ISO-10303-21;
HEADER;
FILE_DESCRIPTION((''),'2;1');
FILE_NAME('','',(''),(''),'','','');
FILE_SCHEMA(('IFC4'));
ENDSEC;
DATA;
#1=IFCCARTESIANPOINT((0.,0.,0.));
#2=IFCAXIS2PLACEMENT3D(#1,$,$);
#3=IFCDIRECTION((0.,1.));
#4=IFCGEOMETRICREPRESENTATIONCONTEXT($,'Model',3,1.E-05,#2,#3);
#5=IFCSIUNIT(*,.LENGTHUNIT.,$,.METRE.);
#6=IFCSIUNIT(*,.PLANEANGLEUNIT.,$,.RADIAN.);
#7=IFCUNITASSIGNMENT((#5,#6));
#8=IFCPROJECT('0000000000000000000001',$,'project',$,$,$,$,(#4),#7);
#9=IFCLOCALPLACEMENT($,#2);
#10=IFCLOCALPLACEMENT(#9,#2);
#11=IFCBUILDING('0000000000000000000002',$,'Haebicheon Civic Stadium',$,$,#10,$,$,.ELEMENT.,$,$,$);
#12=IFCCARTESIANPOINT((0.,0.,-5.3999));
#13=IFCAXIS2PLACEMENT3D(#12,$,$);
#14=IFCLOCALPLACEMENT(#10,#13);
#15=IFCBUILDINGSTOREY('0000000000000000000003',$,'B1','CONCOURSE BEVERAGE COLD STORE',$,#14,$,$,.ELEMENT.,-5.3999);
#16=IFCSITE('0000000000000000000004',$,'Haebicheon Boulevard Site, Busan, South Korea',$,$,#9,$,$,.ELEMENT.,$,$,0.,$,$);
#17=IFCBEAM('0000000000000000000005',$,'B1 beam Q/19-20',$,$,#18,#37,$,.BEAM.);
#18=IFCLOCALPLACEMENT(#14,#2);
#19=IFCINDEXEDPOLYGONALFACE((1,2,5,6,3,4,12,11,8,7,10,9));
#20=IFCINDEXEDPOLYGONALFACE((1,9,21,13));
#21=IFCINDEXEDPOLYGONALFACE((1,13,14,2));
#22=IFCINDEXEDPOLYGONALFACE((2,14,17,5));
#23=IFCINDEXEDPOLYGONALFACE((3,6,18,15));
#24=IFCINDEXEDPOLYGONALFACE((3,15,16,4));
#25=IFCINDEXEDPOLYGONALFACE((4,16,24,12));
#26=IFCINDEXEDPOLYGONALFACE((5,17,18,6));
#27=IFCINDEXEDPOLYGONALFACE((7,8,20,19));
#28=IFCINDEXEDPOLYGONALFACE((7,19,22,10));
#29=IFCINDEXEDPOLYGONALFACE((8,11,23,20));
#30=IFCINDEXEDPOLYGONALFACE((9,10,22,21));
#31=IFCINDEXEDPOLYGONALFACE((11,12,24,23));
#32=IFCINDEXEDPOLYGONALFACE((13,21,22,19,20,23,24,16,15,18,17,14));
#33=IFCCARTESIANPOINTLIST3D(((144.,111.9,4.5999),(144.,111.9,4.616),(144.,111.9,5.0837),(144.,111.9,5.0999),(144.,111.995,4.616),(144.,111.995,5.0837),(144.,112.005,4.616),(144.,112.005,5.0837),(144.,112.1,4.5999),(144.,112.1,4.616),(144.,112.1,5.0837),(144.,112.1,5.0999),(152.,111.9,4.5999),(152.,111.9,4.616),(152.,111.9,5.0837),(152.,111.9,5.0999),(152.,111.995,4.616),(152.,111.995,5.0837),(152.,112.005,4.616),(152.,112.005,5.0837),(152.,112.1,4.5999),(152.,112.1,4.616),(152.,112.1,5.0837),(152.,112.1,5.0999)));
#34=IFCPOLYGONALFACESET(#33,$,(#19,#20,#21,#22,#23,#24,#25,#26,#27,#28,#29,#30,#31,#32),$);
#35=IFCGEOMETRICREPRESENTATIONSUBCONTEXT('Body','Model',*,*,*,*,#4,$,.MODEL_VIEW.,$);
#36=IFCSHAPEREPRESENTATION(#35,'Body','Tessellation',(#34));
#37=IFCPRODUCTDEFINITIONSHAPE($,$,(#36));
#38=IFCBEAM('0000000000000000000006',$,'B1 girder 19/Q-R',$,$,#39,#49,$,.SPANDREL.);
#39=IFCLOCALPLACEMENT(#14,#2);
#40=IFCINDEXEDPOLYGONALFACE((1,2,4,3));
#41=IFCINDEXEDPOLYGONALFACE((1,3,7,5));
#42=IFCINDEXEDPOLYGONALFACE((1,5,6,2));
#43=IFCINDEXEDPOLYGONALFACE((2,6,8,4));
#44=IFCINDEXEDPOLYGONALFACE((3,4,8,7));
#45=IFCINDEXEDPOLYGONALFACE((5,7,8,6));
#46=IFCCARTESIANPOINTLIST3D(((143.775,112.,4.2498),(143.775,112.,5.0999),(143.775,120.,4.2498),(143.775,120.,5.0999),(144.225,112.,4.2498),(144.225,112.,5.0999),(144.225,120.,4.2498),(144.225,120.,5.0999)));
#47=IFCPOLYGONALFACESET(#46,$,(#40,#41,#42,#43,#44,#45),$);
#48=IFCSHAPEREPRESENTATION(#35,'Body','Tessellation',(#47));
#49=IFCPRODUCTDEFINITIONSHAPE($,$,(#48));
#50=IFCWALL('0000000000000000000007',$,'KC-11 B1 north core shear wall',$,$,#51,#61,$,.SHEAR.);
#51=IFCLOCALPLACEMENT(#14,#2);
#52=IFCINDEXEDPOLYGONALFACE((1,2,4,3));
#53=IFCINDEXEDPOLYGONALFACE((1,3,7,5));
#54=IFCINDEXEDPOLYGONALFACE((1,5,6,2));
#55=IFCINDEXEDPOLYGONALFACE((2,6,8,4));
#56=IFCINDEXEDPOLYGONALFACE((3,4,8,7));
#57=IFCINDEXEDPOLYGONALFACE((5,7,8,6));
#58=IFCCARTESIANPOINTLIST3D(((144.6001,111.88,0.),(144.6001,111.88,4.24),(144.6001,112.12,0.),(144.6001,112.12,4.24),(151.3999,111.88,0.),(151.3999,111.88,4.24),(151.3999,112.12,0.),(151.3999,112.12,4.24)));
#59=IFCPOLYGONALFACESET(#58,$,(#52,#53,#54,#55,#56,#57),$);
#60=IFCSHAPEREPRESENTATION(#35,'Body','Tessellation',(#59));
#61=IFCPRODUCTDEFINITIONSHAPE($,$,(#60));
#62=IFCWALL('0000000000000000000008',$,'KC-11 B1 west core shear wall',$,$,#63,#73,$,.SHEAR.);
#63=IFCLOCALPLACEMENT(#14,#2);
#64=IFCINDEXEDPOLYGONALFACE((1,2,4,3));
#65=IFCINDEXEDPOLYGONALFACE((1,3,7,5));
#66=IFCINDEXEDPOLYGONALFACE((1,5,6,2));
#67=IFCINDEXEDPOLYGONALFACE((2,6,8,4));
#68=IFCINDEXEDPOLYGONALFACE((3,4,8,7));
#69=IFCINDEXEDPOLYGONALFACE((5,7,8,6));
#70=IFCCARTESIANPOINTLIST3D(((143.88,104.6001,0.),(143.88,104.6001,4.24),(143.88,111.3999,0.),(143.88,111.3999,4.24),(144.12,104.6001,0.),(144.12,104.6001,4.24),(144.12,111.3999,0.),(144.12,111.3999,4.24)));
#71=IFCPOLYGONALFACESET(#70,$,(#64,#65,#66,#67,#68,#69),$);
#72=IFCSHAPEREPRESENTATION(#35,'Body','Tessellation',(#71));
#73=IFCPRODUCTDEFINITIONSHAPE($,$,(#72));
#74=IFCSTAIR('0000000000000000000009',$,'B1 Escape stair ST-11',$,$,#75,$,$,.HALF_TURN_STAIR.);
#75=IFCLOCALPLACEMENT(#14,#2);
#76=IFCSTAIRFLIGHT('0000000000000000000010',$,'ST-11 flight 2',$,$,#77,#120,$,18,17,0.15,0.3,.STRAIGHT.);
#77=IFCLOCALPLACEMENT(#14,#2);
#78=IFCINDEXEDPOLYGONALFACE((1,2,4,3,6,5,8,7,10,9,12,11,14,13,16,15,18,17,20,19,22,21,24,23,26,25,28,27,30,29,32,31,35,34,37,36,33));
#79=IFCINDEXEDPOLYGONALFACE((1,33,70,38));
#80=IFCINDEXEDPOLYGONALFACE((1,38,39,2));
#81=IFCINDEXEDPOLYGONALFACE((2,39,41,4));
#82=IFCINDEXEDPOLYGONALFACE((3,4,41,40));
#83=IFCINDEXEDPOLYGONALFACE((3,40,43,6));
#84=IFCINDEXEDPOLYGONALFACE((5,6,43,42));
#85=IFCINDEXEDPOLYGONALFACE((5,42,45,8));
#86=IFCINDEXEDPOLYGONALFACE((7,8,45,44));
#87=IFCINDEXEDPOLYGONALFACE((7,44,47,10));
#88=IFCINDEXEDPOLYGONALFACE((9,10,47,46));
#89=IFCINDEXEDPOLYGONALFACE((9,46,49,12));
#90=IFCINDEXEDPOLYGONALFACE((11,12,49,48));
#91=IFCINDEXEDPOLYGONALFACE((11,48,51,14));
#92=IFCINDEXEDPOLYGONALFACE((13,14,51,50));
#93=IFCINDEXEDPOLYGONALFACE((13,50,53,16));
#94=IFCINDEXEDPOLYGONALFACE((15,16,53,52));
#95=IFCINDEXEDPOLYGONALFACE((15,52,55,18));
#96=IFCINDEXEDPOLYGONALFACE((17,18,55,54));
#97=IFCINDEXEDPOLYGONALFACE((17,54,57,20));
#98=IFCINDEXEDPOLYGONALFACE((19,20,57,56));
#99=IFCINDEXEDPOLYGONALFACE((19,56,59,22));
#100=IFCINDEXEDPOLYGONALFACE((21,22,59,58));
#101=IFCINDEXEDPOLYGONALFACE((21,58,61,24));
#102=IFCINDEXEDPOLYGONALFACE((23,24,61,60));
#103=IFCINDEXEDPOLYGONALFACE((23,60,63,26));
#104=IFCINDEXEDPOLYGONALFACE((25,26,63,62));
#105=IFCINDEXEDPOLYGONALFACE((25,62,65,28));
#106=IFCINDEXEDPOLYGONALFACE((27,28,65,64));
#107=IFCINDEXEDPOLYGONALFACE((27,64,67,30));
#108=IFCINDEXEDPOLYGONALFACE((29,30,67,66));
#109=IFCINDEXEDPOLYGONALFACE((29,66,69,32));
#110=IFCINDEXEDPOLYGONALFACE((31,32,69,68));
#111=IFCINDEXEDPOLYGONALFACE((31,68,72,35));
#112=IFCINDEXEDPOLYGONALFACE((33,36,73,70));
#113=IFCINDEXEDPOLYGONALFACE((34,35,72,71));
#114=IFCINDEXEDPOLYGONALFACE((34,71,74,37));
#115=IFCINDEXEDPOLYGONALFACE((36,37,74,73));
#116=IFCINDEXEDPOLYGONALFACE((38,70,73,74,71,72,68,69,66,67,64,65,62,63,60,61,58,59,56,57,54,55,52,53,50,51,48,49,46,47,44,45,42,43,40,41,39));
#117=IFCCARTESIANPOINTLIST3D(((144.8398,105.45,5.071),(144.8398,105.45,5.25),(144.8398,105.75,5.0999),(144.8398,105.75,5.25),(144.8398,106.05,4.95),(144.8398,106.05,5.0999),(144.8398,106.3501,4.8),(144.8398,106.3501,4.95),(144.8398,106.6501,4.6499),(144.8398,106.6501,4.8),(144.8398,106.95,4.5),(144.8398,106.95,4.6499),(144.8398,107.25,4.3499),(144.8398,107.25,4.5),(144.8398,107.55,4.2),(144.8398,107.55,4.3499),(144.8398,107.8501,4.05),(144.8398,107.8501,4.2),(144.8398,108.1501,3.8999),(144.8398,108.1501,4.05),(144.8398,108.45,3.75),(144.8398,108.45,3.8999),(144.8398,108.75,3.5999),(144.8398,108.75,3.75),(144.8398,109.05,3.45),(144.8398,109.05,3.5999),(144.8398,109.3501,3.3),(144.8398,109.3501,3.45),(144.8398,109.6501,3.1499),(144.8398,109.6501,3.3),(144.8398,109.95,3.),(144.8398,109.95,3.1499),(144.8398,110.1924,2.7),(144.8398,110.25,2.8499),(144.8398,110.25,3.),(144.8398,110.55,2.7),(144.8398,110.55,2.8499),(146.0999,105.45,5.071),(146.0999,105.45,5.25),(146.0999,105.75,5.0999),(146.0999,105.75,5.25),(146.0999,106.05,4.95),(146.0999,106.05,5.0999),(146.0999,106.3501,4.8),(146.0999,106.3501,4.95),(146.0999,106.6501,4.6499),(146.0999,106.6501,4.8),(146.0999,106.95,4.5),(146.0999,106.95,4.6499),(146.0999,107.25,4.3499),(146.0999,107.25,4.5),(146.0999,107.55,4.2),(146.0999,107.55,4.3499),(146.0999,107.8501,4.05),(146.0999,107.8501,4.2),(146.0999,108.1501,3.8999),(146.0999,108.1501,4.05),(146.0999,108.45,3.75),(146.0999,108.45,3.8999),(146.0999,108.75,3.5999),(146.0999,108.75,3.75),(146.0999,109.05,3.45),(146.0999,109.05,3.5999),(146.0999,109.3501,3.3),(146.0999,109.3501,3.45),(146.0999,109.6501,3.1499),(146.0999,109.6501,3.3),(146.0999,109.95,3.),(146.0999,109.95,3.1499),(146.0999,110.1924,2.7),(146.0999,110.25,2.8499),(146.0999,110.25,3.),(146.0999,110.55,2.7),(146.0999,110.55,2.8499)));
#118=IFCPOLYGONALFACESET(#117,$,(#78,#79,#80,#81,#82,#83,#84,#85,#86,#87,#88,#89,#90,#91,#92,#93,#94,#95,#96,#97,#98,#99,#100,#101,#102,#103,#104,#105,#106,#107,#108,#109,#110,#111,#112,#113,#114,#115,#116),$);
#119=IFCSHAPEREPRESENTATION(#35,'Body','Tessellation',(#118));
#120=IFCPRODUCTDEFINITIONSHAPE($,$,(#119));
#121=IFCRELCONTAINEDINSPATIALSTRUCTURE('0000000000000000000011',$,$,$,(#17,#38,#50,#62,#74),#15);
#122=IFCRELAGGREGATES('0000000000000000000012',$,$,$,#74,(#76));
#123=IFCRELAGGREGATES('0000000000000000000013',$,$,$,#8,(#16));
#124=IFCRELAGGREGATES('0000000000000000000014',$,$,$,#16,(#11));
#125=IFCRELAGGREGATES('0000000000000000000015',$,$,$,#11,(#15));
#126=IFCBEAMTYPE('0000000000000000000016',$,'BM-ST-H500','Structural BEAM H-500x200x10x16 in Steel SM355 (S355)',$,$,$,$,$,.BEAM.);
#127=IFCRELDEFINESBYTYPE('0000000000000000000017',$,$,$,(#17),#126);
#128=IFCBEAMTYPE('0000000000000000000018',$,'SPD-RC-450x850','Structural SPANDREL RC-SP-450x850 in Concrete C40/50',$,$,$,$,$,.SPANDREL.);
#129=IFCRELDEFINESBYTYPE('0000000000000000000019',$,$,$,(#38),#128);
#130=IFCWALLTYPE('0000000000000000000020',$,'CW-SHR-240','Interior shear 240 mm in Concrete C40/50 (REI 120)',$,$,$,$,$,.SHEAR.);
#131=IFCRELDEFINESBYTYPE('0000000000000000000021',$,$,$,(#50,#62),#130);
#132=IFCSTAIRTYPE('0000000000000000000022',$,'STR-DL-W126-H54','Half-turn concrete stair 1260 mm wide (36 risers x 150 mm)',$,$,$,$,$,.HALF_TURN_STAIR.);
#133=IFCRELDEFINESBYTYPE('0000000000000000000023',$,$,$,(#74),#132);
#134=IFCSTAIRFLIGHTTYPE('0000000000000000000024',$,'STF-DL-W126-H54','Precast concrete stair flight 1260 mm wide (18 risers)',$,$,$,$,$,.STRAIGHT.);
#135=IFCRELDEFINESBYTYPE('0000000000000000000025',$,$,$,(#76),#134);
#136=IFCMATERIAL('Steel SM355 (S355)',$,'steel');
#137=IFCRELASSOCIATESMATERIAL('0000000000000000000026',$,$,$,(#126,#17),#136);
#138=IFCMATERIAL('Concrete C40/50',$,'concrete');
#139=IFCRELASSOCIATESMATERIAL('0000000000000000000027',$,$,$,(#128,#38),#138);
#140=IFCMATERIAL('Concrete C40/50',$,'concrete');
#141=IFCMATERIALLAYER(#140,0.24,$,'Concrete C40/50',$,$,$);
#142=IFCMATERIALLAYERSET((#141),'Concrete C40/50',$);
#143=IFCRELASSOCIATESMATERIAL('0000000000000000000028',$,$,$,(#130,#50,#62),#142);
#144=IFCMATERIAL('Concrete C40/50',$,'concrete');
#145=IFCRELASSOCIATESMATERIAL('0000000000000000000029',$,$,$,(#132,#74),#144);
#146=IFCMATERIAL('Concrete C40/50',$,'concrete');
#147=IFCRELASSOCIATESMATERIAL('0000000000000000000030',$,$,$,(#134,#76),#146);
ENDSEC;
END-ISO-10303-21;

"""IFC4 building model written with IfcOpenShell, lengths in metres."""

from ifc_helpers import new_model, si_unit, direction, frame, frame_2d, origin, origin_2d, place, context, subcontext, project, spatial, polyline, rectangle, i_section, outline, extrude, material, layer, layer_set, material_profile, profile_set, type_object, element, aggregate, save


model = new_model("IFC4")

# Units and contexts
model_context = context("Model", 3, precision=1e-05, world=origin(), true_north=direction((0.0, 1.0)))
body_context = subcontext(model_context, "Body", "Model", "MODEL_VIEW")
ifc_project = project(units=[si_unit("LENGTHUNIT", "METRE"), si_unit("PLANEANGLEUNIT", "RADIAN")], contexts=[model_context])

# Site, building, storey
site_placement = place(None, origin())
site = spatial("IfcSite", under=ifc_project, at=site_placement, Name="Haebicheon Boulevard Site, Busan, South Korea", CompositionType="ELEMENT", RefElevation=0.0)
building_placement = place(site_placement, origin())
building = spatial("IfcBuilding", under=site, at=building_placement, Name="Haebicheon Civic Stadium", CompositionType="ELEMENT")
storey_placement = place(building_placement, frame((0.0, 0.0, -5.3999)))
storey = spatial("IfcBuildingStorey", under=building, at=storey_placement, Name="B1", Description="CONCOURSE BEVERAGE COLD STORE", CompositionType="ELEMENT", Elevation=-5.3999)

# Beams
ifc_material_1 = material(Name="Steel SM355 (S355)", Category="steel")
ifc_material_profile_1 = material_profile(ifc_material_1, i_section(OverallWidth=0.2, OverallDepth=0.5, WebThickness=0.01, FlangeThickness=0.0161, at=origin_2d()), Name="H-500x200x10x16")
ifc_profile_set_1 = profile_set([ifc_material_profile_1], Name="Steel SM355 (S355)")
beam_type_1 = type_object("IfcBeamType", Name="BM-ST-H500", Description="Structural BEAM H-500x200x10x16 in Steel SM355 (S355)", PredefinedType="BEAM", material=ifc_profile_set_1)
beam_1_placement = place(storey_placement, frame((144.0, 112.0, 4.8499), z_axis=(1.0, 0.0, 0.0), x_axis=(0.0, 1.0, 0.0)))
element("IfcBeam", 1, at=beam_1_placement, inside=storey, type_object=beam_type_1, material=ifc_profile_set_1, Name="B1 beam Q/19-20", PredefinedType="BEAM", context=body_context, shape_type="SweptSolid", body=[
    extrude(i_section(OverallWidth=0.2, OverallDepth=0.5, WebThickness=0.01, FlangeThickness=0.0161, at=origin_2d()), origin(), (0.0, 0.0, 1.0), 8.0),
])
ifc_material_2 = material(Name="Concrete C40/50", Category="concrete")
ifc_material_profile_2 = material_profile(ifc_material_2, rectangle(XDim=0.45, YDim=0.8501, at=origin_2d()), Name="RC-SP-450x850")
ifc_profile_set_2 = profile_set([ifc_material_profile_2], Name="Concrete C40/50")
beam_type_2 = type_object("IfcBeamType", Name="SPD-RC-450x850", Description="Structural SPANDREL RC-SP-450x850 in Concrete C40/50", PredefinedType="SPANDREL", material=ifc_profile_set_2)
beam_2_placement = place(storey_placement, frame((144.0, 112.0, 4.6748), z_axis=(0.0, 1.0, 0.0), x_axis=(-1.0, 0.0, 0.0)))
element("IfcBeam", 2, at=beam_2_placement, inside=storey, type_object=beam_type_2, material=ifc_profile_set_2, Name="B1 girder 19/Q-R", PredefinedType="SPANDREL", context=body_context, shape_type="SweptSolid", body=[
    extrude(rectangle(XDim=0.45, YDim=0.8501, at=origin_2d()), origin(), (0.0, 0.0, 1.0), 8.0),
])

# Walls
ifc_material_3 = material(Name="Concrete C40/50", Category="concrete")
ifc_layer_1 = layer(ifc_material_3, 0.24, Name="Concrete C40/50")
ifc_layer_set_1 = layer_set([ifc_layer_1], Name="Concrete C40/50")
wall_type = type_object("IfcWallType", Name="CW-SHR-240", Description="Interior shear 240 mm in Concrete C40/50 (REI 120)", PredefinedType="SHEAR", material=ifc_layer_set_1)
for number, where, z_axis, x_axis, name in (
    (3, (144.6001, 112.0, 0.0), (0.0, 0.0, 1.0), (1.0, 0.0, 0.0), "KC-11 B1 north core shear wall"),
    (4, (144.0, 104.6001, 0.0), (0.0, 0.0, 1.0), (0.0, 1.0, 0.0), "KC-11 B1 west core shear wall"),
):
    element("IfcWall", number, at=place(storey_placement, frame(where, z_axis=z_axis, x_axis=x_axis)), inside=storey, type_object=wall_type, material=ifc_layer_set_1, Name=name, PredefinedType="SHEAR", context=body_context, shape_type="SweptSolid", body=[
        extrude(rectangle(XDim=6.7998, YDim=0.24, at=frame_2d((3.3999, 0.0))), origin(), (0.0, 0.0, 1.0), 4.24),
    ])

# Stair, stair flight
ifc_material_4 = material(Name="Concrete C40/50", Category="concrete")
stair_type = type_object("IfcStairType", Name="STR-DL-W126-H54", Description="Half-turn concrete stair 1260 mm wide (36 risers x 150 mm)", PredefinedType="HALF_TURN_STAIR", material=ifc_material_4)
stair_placement = place(storey_placement, origin())
stair = element("IfcStair", 5, at=stair_placement, inside=storey, type_object=stair_type, material=ifc_material_4, Name="B1 Escape stair ST-11", PredefinedType="HALF_TURN_STAIR")
ifc_material_5 = material(Name="Concrete C40/50", Category="concrete")
stair_flight_type = type_object("IfcStairFlightType", Name="STF-DL-W126-H54", Description="Precast concrete stair flight 1260 mm wide (18 risers)", PredefinedType="STRAIGHT", material=ifc_material_5)
stair_flight_placement = place(storey_placement, frame((145.47, 110.55, 2.7), z_axis=(0.0, 0.0, 1.0), x_axis=(0.0, -1.0, 0.0)))
stair_flight = element("IfcStairFlight", 6, at=stair_flight_placement, type_object=stair_flight_type, material=ifc_material_5, Name="ST-11 flight 2", NumberOfRisers=18, NumberOfTreads=17, PredefinedType="STRAIGHT", RiserHeight=0.15, TreadLength=0.3, context=body_context, shape_type="SweptSolid", body=[
    extrude(outline(polyline([(0.0, 0.0), (0.0, 0.1499), (0.3, 0.1499), (0.3, 0.3), (0.6001, 0.3), (0.6001, 0.45), (0.8999, 0.45), (0.8999, 0.6001), (1.2, 0.6001), (1.2, 0.75), (1.5, 0.75), (1.5, 0.8999), (1.8, 0.8999), (1.8, 1.05), (2.1001, 1.05), (2.1001, 1.2), (2.3999, 1.2), (2.3999, 1.3501), (2.7, 1.3501), (2.7, 1.5), (3.0, 1.5), (3.0, 1.6499), (3.3, 1.6499), (3.3, 1.8), (3.6001, 1.8), (3.6001, 1.95), (3.8999, 1.95), (3.8999, 2.1001), (4.2, 2.1001), (4.2, 2.25), (4.5, 2.25), (4.5, 2.3999), (4.8, 2.3999), (4.8, 2.55), (5.1001, 2.55), (5.1001, 2.7), (5.1001, 2.3711), (0.3577, 0.0), (0.0, 0.0)])), frame((0.0, 0.6299, 0.0), z_axis=(0.0, -1.0, 0.0), x_axis=(1.0, 0.0, 0.0)), (0.0, 0.0, 1.0), 1.26),
])
aggregate(stair, [stair_flight])

save(model, "model.ifc")
